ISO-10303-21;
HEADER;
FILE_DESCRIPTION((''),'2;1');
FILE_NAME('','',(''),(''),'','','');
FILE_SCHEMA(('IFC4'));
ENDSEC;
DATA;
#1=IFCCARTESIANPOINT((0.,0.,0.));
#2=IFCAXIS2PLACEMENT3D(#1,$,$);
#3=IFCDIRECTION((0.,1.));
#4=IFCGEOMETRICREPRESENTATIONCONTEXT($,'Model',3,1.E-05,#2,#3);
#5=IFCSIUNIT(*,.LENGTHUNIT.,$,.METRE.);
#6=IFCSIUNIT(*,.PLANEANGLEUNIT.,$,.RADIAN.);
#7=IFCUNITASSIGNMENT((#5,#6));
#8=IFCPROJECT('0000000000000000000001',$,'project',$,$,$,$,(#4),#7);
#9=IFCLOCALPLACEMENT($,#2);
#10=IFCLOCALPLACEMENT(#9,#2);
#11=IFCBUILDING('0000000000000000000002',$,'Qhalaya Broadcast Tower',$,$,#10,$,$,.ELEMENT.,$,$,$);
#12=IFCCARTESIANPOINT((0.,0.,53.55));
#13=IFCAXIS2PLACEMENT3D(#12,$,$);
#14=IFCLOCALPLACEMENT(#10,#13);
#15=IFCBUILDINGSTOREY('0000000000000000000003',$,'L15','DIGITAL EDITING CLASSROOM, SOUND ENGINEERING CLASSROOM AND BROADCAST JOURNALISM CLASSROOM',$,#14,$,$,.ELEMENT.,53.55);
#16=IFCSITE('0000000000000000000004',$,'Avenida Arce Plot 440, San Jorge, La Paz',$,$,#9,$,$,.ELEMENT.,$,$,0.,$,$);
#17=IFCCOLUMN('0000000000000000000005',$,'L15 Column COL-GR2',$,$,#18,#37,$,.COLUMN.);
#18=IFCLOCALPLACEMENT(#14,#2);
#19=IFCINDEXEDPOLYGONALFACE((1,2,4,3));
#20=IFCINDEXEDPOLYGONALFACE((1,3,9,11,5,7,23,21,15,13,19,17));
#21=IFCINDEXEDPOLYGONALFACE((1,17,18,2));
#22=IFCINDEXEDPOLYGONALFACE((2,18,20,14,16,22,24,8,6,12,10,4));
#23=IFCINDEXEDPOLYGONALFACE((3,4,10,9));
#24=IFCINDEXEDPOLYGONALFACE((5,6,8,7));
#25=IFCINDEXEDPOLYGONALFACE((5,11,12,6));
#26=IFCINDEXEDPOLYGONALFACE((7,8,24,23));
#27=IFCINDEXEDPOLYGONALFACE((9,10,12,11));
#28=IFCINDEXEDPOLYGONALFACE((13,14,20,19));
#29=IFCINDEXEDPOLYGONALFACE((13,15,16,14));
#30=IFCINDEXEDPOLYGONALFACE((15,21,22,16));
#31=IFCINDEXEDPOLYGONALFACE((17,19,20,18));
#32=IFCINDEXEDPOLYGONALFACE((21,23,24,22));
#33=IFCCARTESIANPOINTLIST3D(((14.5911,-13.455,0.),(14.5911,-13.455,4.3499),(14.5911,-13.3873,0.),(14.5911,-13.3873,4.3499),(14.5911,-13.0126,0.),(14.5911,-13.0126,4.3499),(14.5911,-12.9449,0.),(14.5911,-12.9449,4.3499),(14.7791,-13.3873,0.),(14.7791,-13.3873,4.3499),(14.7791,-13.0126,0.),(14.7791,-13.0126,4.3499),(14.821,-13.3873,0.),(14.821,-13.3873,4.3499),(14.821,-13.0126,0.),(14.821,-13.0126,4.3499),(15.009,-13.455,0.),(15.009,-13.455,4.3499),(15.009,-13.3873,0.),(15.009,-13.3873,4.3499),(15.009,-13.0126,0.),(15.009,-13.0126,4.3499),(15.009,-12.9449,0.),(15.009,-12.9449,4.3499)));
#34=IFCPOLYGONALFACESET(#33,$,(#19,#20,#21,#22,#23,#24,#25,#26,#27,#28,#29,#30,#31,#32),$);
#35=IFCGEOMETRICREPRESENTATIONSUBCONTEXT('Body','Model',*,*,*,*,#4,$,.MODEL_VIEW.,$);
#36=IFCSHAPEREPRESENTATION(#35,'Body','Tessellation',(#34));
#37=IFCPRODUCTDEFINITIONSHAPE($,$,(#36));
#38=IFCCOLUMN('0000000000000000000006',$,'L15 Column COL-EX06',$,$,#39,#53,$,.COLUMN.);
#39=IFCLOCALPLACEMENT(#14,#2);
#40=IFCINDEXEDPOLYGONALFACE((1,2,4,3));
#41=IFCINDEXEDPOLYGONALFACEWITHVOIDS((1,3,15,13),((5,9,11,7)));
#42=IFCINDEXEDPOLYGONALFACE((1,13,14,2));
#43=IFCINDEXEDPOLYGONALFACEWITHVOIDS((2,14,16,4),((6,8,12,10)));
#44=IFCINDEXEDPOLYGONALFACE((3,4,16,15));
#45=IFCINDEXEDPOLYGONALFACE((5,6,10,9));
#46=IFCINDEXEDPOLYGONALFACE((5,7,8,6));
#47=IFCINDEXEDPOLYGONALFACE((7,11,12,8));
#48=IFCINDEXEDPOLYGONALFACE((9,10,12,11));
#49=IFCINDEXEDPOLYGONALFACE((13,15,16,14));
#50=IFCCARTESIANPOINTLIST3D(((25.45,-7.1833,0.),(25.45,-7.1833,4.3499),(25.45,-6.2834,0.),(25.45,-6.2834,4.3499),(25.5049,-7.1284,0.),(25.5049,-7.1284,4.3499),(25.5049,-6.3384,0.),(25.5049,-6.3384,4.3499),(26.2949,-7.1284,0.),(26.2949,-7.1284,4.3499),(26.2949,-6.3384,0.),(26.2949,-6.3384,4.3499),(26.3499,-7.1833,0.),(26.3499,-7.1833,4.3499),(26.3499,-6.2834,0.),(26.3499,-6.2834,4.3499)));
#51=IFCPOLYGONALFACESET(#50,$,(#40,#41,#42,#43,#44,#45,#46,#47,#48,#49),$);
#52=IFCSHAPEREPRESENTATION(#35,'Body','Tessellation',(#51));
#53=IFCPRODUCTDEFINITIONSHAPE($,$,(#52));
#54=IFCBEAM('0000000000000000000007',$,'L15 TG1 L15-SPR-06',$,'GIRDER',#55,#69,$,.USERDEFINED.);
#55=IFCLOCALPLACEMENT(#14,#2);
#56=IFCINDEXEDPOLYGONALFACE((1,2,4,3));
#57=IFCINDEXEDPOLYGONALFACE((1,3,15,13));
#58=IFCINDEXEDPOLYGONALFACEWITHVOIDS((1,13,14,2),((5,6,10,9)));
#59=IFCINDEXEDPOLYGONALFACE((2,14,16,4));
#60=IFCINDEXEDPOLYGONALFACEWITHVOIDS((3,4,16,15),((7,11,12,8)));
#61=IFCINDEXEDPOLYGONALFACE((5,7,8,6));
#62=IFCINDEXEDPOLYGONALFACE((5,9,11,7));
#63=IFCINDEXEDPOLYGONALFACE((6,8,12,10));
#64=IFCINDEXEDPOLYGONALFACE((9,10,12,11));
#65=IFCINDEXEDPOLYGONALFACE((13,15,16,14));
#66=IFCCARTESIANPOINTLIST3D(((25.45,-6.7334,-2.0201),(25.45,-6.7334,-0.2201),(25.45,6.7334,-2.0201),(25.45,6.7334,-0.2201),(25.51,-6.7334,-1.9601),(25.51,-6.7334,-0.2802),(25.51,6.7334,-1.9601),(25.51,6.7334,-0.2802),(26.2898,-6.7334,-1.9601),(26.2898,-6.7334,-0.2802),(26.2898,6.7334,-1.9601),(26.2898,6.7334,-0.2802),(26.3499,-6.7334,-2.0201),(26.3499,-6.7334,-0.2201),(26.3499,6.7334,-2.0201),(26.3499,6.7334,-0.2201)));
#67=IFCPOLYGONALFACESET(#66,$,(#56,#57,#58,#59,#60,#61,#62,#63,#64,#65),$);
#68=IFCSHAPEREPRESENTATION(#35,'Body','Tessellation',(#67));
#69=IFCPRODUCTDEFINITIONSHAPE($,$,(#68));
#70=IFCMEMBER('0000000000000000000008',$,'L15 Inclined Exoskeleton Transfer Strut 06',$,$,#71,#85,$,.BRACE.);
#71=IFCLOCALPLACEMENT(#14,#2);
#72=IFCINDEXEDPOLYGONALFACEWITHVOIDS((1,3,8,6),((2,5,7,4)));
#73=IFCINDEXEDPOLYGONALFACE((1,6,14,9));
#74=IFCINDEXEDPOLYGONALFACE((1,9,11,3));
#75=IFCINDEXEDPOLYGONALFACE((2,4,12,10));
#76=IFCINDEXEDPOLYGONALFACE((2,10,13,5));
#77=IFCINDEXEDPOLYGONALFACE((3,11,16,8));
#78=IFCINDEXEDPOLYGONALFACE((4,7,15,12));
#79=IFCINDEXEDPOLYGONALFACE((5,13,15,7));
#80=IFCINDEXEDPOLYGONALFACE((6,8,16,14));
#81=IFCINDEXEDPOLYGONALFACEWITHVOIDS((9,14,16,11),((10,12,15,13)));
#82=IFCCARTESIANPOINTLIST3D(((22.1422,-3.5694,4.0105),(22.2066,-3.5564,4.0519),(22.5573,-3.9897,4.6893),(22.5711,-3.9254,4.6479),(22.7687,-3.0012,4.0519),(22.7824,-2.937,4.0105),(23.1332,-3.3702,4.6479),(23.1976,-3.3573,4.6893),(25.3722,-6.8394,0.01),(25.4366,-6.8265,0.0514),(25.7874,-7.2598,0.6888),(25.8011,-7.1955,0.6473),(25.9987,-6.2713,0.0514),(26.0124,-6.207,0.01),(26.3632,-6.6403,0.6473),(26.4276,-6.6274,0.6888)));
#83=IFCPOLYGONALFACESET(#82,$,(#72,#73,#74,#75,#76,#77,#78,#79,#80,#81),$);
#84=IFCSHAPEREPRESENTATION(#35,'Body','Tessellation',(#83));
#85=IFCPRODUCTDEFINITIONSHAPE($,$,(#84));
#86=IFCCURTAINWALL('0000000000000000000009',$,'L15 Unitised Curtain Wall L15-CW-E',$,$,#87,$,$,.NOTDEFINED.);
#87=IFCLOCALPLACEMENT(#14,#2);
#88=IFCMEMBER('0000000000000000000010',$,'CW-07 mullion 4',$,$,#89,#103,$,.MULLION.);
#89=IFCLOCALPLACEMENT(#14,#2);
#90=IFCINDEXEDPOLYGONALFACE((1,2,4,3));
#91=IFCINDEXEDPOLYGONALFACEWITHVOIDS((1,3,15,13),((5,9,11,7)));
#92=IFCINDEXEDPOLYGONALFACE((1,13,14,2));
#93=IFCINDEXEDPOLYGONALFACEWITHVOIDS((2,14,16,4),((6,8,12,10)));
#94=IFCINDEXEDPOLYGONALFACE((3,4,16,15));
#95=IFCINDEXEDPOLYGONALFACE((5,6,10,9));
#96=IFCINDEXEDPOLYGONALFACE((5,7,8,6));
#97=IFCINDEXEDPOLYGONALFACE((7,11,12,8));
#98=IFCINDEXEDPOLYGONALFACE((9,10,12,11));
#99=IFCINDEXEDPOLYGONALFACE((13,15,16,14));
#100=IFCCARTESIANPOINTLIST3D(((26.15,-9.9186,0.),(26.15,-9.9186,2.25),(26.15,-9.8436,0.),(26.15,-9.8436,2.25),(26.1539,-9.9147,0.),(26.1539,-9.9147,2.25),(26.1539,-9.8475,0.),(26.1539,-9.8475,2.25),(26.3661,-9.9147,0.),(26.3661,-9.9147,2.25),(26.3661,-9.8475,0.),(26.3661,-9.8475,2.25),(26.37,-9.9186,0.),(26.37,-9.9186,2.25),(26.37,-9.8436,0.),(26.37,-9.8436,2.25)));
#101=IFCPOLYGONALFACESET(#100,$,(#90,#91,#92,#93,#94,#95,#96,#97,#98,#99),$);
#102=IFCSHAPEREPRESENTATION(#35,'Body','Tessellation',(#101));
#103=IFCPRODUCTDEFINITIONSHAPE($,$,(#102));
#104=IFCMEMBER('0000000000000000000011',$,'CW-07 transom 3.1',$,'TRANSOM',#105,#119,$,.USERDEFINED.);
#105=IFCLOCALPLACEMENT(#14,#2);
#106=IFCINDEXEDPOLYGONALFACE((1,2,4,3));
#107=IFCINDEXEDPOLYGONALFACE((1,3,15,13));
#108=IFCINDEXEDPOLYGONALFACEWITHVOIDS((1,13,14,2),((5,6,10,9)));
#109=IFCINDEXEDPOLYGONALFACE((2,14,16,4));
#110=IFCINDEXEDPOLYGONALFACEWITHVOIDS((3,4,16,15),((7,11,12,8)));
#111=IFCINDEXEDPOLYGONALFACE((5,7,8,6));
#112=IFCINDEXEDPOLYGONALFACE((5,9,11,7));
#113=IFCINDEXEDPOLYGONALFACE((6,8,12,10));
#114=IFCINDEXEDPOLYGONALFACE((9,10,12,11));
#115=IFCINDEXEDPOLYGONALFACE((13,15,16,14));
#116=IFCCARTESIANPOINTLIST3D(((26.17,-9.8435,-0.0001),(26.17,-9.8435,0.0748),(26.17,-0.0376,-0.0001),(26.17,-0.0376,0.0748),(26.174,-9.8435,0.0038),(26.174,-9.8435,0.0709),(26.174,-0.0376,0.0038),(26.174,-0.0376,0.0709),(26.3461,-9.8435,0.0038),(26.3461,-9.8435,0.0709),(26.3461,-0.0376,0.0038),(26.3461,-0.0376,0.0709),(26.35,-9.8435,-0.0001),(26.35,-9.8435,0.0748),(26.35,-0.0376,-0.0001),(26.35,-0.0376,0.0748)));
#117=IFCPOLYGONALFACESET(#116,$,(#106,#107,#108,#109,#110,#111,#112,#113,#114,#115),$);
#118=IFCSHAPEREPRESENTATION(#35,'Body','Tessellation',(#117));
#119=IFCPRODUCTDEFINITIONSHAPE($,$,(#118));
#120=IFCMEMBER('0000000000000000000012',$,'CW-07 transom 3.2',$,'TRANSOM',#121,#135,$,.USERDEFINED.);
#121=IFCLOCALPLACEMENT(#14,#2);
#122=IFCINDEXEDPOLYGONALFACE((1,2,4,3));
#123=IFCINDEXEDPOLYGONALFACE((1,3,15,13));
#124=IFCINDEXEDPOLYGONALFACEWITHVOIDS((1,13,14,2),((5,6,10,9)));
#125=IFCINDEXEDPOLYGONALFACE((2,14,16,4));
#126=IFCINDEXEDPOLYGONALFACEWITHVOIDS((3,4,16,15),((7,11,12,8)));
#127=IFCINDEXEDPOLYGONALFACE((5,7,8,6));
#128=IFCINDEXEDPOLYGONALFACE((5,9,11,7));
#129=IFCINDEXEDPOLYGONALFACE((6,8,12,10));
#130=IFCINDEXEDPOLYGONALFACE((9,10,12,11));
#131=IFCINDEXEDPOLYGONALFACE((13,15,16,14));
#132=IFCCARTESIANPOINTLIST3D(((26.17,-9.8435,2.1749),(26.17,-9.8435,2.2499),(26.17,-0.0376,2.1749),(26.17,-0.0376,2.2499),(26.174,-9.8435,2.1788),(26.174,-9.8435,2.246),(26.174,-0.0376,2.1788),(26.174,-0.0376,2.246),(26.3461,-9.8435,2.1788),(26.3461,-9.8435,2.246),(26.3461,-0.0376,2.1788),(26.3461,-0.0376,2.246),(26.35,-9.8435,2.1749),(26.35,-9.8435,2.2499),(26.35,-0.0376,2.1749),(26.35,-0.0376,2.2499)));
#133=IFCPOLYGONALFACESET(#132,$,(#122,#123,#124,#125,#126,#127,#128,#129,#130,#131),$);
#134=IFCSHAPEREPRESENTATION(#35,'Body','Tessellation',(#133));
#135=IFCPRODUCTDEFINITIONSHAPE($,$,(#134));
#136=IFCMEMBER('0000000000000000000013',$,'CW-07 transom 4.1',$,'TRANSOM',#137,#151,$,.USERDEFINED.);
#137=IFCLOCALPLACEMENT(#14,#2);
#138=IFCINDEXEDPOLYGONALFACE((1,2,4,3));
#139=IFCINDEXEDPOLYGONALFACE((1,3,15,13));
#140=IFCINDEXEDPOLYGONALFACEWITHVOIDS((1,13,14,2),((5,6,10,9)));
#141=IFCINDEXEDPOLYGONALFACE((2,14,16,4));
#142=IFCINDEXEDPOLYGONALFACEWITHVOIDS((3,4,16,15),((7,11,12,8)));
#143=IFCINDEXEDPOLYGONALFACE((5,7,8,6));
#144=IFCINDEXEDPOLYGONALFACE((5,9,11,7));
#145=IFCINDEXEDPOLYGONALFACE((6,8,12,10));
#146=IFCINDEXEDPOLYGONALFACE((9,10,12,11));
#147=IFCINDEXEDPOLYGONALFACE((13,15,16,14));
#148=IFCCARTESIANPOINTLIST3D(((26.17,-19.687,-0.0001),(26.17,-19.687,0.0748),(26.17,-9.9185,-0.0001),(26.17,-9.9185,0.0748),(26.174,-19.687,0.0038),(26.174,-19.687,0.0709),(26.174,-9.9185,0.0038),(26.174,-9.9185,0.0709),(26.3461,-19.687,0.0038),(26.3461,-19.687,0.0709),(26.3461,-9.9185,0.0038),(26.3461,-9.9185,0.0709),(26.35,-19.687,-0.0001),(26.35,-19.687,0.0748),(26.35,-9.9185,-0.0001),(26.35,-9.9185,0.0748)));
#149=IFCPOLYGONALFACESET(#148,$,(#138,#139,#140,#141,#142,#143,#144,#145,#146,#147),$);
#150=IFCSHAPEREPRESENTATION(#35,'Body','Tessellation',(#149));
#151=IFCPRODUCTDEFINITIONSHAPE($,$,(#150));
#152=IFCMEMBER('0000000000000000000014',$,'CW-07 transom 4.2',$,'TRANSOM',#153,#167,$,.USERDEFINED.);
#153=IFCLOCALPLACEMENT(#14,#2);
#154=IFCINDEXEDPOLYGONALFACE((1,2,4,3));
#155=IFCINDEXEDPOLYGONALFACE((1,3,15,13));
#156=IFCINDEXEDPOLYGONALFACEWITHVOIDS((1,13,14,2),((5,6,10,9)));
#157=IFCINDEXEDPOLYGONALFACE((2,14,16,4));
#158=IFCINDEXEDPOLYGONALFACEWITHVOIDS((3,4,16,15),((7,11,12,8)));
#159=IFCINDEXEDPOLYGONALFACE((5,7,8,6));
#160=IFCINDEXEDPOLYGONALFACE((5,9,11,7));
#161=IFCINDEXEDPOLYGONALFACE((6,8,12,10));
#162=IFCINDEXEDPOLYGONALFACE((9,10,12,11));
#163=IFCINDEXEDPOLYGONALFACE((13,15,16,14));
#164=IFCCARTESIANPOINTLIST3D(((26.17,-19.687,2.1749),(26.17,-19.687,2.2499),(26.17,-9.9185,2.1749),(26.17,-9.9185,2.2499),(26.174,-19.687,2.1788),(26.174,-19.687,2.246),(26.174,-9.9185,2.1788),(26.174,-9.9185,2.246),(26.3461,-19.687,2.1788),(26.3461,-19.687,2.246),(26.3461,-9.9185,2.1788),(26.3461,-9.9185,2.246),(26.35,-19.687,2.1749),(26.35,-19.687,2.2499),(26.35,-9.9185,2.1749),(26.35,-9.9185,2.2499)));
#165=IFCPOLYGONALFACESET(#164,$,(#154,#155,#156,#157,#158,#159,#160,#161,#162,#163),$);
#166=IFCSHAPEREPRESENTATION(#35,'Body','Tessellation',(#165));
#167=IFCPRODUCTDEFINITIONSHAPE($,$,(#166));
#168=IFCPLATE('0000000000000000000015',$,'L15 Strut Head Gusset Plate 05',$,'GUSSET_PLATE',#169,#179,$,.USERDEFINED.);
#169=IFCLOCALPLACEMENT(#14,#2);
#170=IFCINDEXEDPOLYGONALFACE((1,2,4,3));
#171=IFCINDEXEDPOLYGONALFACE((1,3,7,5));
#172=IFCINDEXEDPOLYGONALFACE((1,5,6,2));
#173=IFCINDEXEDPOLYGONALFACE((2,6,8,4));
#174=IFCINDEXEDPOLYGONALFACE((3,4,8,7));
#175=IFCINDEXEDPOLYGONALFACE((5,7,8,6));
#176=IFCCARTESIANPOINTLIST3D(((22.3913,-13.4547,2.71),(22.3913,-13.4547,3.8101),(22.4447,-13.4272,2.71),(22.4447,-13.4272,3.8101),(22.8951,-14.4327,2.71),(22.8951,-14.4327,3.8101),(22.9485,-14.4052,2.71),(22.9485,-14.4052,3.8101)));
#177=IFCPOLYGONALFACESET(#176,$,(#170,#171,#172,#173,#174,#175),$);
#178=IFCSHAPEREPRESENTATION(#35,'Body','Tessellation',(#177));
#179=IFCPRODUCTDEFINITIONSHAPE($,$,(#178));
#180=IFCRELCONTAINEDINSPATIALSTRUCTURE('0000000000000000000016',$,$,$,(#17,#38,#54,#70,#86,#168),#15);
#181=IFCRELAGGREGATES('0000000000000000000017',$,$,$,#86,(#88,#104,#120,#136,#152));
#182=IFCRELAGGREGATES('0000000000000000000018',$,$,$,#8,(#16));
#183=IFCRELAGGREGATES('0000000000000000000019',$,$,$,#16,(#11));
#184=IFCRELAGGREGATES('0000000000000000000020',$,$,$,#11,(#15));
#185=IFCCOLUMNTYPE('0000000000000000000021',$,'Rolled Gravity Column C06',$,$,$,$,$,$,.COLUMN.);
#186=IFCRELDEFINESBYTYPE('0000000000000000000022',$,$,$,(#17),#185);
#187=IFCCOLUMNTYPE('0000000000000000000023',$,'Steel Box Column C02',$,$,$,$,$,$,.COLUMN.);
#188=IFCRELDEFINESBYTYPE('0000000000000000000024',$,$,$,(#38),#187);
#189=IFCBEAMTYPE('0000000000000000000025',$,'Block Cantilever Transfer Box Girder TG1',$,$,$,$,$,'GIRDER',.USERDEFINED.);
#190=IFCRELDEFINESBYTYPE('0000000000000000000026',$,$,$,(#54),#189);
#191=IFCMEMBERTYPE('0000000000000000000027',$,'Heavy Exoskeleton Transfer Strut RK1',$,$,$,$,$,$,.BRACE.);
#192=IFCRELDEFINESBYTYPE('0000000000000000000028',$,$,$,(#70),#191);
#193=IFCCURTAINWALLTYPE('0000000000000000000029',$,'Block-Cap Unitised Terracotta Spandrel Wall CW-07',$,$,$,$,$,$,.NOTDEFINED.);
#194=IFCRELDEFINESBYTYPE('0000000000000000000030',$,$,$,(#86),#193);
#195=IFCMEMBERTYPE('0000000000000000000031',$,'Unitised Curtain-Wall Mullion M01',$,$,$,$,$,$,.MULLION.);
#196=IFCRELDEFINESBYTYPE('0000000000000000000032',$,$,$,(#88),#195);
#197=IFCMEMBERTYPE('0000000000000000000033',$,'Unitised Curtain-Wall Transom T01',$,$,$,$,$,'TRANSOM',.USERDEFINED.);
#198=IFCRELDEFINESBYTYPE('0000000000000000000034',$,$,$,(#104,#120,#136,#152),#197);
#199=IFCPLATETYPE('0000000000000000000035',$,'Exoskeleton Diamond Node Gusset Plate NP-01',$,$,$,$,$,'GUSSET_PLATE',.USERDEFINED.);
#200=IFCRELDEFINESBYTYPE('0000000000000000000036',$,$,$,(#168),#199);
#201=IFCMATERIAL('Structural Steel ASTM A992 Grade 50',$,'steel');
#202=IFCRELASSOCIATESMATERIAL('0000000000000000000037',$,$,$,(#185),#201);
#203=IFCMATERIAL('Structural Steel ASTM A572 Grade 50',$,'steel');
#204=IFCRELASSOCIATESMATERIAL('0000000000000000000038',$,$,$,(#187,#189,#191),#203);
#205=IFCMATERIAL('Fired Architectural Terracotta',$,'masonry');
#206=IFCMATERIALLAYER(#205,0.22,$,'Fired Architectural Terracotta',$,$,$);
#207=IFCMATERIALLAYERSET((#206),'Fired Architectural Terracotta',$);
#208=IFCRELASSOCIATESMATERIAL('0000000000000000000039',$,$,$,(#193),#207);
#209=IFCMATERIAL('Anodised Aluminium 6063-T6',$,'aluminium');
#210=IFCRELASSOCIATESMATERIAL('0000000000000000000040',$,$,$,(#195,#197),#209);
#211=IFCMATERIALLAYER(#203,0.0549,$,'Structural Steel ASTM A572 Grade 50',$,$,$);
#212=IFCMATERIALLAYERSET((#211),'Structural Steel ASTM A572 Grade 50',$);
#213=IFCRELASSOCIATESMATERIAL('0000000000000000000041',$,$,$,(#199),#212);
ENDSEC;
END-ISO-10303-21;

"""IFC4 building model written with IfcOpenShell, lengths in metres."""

from ifc_helpers import new_model, si_unit, direction, frame, origin, origin_2d, place, context, subcontext, project, spatial, rectangle, hollow_rectangle, i_section, extrude, material, layer, layer_set, material_profile, profile_set, type_object, element, aggregate, save


model = new_model("IFC4")

# Units and contexts
model_context = context("Model", 3, precision=1e-05, world=origin(), true_north=direction((0.0, 1.0)))
body_context = subcontext(model_context, "Body", "Model", "MODEL_VIEW")
ifc_project = project(units=[si_unit("LENGTHUNIT", "METRE"), si_unit("PLANEANGLEUNIT", "RADIAN")], contexts=[model_context])

# Site, building, storey
site_placement = place(None, origin())
site = spatial("IfcSite", under=ifc_project, at=site_placement, Name="Avenida Arce Plot 440, San Jorge, La Paz", CompositionType="ELEMENT", RefElevation=0.0)
building_placement = place(site_placement, origin())
building = spatial("IfcBuilding", under=site, at=building_placement, Name="Qhalaya Broadcast Tower", CompositionType="ELEMENT")
storey_placement = place(building_placement, frame((0.0, 0.0, 53.55)))
storey = spatial("IfcBuildingStorey", under=building, at=storey_placement, Name="L15", Description="DIGITAL EDITING CLASSROOM, SOUND ENGINEERING CLASSROOM AND BROADCAST JOURNALISM CLASSROOM", CompositionType="ELEMENT", Elevation=53.55)

# Columns
ifc_material_1 = material(Name="Structural Steel ASTM A992 Grade 50", Category="steel")
ifc_material_profile_1 = material_profile(ifc_material_1, i_section(OverallWidth=0.418, OverallDepth=0.51, WebThickness=0.042, FlangeThickness=0.0676, at=origin_2d()), Name="W14X370")
ifc_profile_set_1 = profile_set([ifc_material_profile_1], Name="Structural Steel ASTM A992 Grade 50")
column_type_1 = type_object("IfcColumnType", Name="Rolled Gravity Column C06", PredefinedType="COLUMN", material=ifc_profile_set_1)
column_1_placement = place(storey_placement, frame((14.8, -13.2, 0.0), z_axis=(0.0, 0.0, 1.0), x_axis=(1.0, 0.0, 0.0)))
element("IfcColumn", 1, at=column_1_placement, inside=storey, type_object=column_type_1, Name="L15 Column COL-GR2", PredefinedType="COLUMN", context=body_context, shape_type="SweptSolid", body=[
    extrude(i_section(OverallWidth=0.418, OverallDepth=0.51, WebThickness=0.042, FlangeThickness=0.0676, at=origin_2d()), origin(), (0.0, 0.0, 1.0), 4.3499),
])
ifc_material_2 = material(Name="Structural Steel ASTM A572 Grade 50", Category="steel")
ifc_material_profile_2 = material_profile(ifc_material_2, hollow_rectangle(XDim=0.8999, YDim=0.8999, WallThickness=0.0549, at=origin_2d()), Name="BOX 900x900x55")
ifc_profile_set_2 = profile_set([ifc_material_profile_2], Name="Structural Steel ASTM A572 Grade 50")
column_type_2 = type_object("IfcColumnType", Name="Steel Box Column C02", PredefinedType="COLUMN", material=ifc_profile_set_2)
column_2_placement = place(storey_placement, frame((25.8999, -6.7334, 0.0), z_axis=(0.0, 0.0, 1.0), x_axis=(0.0, 1.0, 0.0)))
element("IfcColumn", 2, at=column_2_placement, inside=storey, type_object=column_type_2, Name="L15 Column COL-EX06", PredefinedType="COLUMN", context=body_context, shape_type="SweptSolid", body=[
    extrude(hollow_rectangle(XDim=0.8999, YDim=0.8999, WallThickness=0.0549, at=origin_2d()), origin(), (0.0, 0.0, 1.0), 4.3499),
])

# Beam
ifc_material_profile_3 = material_profile(ifc_material_2, hollow_rectangle(XDim=0.8999, YDim=1.8, WallThickness=0.0601, at=origin_2d()), Name="BOX 900x1800x60")
ifc_profile_set_3 = profile_set([ifc_material_profile_3], Name="Structural Steel ASTM A572 Grade 50")
beam_type = type_object("IfcBeamType", Name="Block Cantilever Transfer Box Girder TG1", ElementType="GIRDER", PredefinedType="USERDEFINED", material=ifc_profile_set_3)
beam_placement = place(storey_placement, frame((25.8999, -6.7334, -1.1201), z_axis=(0.0, 1.0, 0.0), x_axis=(-1.0, 0.0, 0.0)))
element("IfcBeam", 3, at=beam_placement, inside=storey, type_object=beam_type, Name="L15 TG1 L15-SPR-06", ObjectType="GIRDER", PredefinedType="USERDEFINED", context=body_context, shape_type="SweptSolid", body=[
    extrude(hollow_rectangle(XDim=0.8999, YDim=1.8, WallThickness=0.0601, at=origin_2d()), origin(), (0.0, 0.0, 1.0), 13.4668),
])

# Member
ifc_material_profile_4 = material_profile(ifc_material_2, hollow_rectangle(XDim=0.8999, YDim=0.8999, WallThickness=0.0549, at=origin_2d()), Name="BOX 900x900x55")
ifc_profile_set_4 = profile_set([ifc_material_profile_4], Name="Structural Steel ASTM A572 Grade 50")
member_type_1 = type_object("IfcMemberType", Name="Heavy Exoskeleton Transfer Strut RK1", PredefinedType="BRACE", material=ifc_profile_set_4)
member_1_placement = place(storey_placement, frame((25.8999, -6.7334, 0.3494), z_axis=(-0.530077, 0.536648, 0.656526), x_axis=(-0.711449, -0.702738, 0.0)))
element("IfcMember", 4, at=member_1_placement, inside=storey, type_object=member_type_1, Name="L15 Inclined Exoskeleton Transfer Strut 06", PredefinedType="BRACE", context=body_context, shape_type="SweptSolid", body=[
    extrude(hollow_rectangle(XDim=0.8999, YDim=0.8999, WallThickness=0.0549, at=origin_2d()), origin(), (0.0, 0.0, 1.0), 6.0935),
])

# Curtain wall, members
ifc_material_3 = material(Name="Fired Architectural Terracotta", Category="masonry")
ifc_layer_1 = layer(ifc_material_3, 0.22, Name="Fired Architectural Terracotta")
ifc_layer_set_1 = layer_set([ifc_layer_1], Name="Fired Architectural Terracotta")
curtain_wall_type = type_object("IfcCurtainWallType", Name="Block-Cap Unitised Terracotta Spandrel Wall CW-07", PredefinedType="NOTDEFINED", material=ifc_layer_set_1)
curtain_wall_placement = place(storey_placement, origin())
curtain_wall = element("IfcCurtainWall", 5, at=curtain_wall_placement, inside=storey, type_object=curtain_wall_type, Name="L15 Unitised Curtain Wall L15-CW-E", PredefinedType="NOTDEFINED")
ifc_material_4 = material(Name="Anodised Aluminium 6063-T6", Category="aluminium")
ifc_material_profile_5 = material_profile(ifc_material_4, hollow_rectangle(XDim=0.075, YDim=0.22, WallThickness=0.0039, at=origin_2d()), Name="ALU-MUL 75x220x4")
ifc_profile_set_5 = profile_set([ifc_material_profile_5], Name="Anodised Aluminium 6063-T6")
member_type_2 = type_object("IfcMemberType", Name="Unitised Curtain-Wall Mullion M01", PredefinedType="MULLION", material=ifc_profile_set_5)
member_2_placement = place(storey_placement, frame((26.26, -9.8811, 0.0), z_axis=(0.0, 0.0, 1.0), x_axis=(0.0, -1.0, 0.0)))
member_2 = element("IfcMember", 6, at=member_2_placement, type_object=member_type_2, Name="CW-07 mullion 4", PredefinedType="MULLION", context=body_context, shape_type="SweptSolid", body=[
    extrude(hollow_rectangle(XDim=0.075, YDim=0.22, WallThickness=0.0039, at=origin_2d()), origin(), (0.0, 0.0, 1.0), 2.25),
])
ifc_material_profile_6 = material_profile(ifc_material_4, hollow_rectangle(XDim=0.075, YDim=0.1799, WallThickness=0.0039, at=origin_2d()), Name="ALU-TRN 75x180x4")
ifc_profile_set_6 = profile_set([ifc_material_profile_6], Name="Anodised Aluminium 6063-T6")
member_type_3 = type_object("IfcMemberType", Name="Unitised Curtain-Wall Transom T01", ElementType="TRANSOM", PredefinedType="USERDEFINED", material=ifc_profile_set_6)
member_3_placement = place(storey_placement, frame((26.26, -0.0376, 0.0374), z_axis=(0.0, -1.0, 0.0), x_axis=(0.0, 0.0, 1.0)))
member_3 = element("IfcMember", 7, at=member_3_placement, type_object=member_type_3, Name="CW-07 transom 3.1", ObjectType="TRANSOM", PredefinedType="USERDEFINED", context=body_context, shape_type="SweptSolid", body=[
    extrude(hollow_rectangle(XDim=0.075, YDim=0.1799, WallThickness=0.0039, at=origin_2d()), origin(), (0.0, 0.0, 1.0), 9.8059),
])
member_4_placement = place(storey_placement, frame((26.26, -0.0376, 2.2124), z_axis=(0.0, -1.0, 0.0), x_axis=(0.0, 0.0, 1.0)))
member_4 = element("IfcMember", 8, at=member_4_placement, type_object=member_type_3, Name="CW-07 transom 3.2", ObjectType="TRANSOM", PredefinedType="USERDEFINED", context=body_context, shape_type="SweptSolid", body=[
    extrude(hollow_rectangle(XDim=0.075, YDim=0.1799, WallThickness=0.0039, at=origin_2d()), origin(), (0.0, 0.0, 1.0), 9.8059),
])
member_5_placement = place(storey_placement, frame((26.26, -9.9185, 0.0374), z_axis=(0.0, -1.0, 0.0), x_axis=(0.0, 0.0, 1.0)))
member_5 = element("IfcMember", 9, at=member_5_placement, type_object=member_type_3, Name="CW-07 transom 4.1", ObjectType="TRANSOM", PredefinedType="USERDEFINED", context=body_context, shape_type="SweptSolid", body=[
    extrude(hollow_rectangle(XDim=0.075, YDim=0.1799, WallThickness=0.0039, at=origin_2d()), origin(), (0.0, 0.0, 1.0), 9.7686),
])
member_6_placement = place(storey_placement, frame((26.26, -9.9185, 2.2124), z_axis=(0.0, -1.0, 0.0), x_axis=(0.0, 0.0, 1.0)))
member_6 = element("IfcMember", 10, at=member_6_placement, type_object=member_type_3, Name="CW-07 transom 4.2", ObjectType="TRANSOM", PredefinedType="USERDEFINED", context=body_context, shape_type="SweptSolid", body=[
    extrude(hollow_rectangle(XDim=0.075, YDim=0.1799, WallThickness=0.0039, at=origin_2d()), origin(), (0.0, 0.0, 1.0), 9.7686),
])

# Plate
ifc_layer_2 = layer(ifc_material_2, 0.0549, Name="Structural Steel ASTM A572 Grade 50")
ifc_layer_set_2 = layer_set([ifc_layer_2], Name="Structural Steel ASTM A572 Grade 50")
plate_type_1 = type_object("IfcPlateType", Name="Exoskeleton Diamond Node Gusset Plate NP-01", ElementType="GUSSET_PLATE", PredefinedType="USERDEFINED", material=ifc_layer_set_2)
for number, where, z_axis, x_axis, name in (
    (11, (22.6699, -13.9299, 2.71), (0.0, 0.0, 1.0), (-0.457951, 0.888977, 0.0), "L15 Strut Head Gusset Plate 05"),
):
    element("IfcPlate", number, at=place(storey_placement, frame(where, z_axis=z_axis, x_axis=x_axis)), inside=storey, type_object=plate_type_1, Name=name, ObjectType="GUSSET_PLATE", PredefinedType="USERDEFINED", context=body_context, shape_type="SweptSolid", body=[
        extrude(rectangle(XDim=1.1001, YDim=0.0601, at=origin_2d()), origin(), (0.0, 0.0, 1.0), 1.1001),
    ])

aggregate(curtain_wall, [member_2, member_3, member_4, member_5, member_6])

save(model, "model.ifc")
